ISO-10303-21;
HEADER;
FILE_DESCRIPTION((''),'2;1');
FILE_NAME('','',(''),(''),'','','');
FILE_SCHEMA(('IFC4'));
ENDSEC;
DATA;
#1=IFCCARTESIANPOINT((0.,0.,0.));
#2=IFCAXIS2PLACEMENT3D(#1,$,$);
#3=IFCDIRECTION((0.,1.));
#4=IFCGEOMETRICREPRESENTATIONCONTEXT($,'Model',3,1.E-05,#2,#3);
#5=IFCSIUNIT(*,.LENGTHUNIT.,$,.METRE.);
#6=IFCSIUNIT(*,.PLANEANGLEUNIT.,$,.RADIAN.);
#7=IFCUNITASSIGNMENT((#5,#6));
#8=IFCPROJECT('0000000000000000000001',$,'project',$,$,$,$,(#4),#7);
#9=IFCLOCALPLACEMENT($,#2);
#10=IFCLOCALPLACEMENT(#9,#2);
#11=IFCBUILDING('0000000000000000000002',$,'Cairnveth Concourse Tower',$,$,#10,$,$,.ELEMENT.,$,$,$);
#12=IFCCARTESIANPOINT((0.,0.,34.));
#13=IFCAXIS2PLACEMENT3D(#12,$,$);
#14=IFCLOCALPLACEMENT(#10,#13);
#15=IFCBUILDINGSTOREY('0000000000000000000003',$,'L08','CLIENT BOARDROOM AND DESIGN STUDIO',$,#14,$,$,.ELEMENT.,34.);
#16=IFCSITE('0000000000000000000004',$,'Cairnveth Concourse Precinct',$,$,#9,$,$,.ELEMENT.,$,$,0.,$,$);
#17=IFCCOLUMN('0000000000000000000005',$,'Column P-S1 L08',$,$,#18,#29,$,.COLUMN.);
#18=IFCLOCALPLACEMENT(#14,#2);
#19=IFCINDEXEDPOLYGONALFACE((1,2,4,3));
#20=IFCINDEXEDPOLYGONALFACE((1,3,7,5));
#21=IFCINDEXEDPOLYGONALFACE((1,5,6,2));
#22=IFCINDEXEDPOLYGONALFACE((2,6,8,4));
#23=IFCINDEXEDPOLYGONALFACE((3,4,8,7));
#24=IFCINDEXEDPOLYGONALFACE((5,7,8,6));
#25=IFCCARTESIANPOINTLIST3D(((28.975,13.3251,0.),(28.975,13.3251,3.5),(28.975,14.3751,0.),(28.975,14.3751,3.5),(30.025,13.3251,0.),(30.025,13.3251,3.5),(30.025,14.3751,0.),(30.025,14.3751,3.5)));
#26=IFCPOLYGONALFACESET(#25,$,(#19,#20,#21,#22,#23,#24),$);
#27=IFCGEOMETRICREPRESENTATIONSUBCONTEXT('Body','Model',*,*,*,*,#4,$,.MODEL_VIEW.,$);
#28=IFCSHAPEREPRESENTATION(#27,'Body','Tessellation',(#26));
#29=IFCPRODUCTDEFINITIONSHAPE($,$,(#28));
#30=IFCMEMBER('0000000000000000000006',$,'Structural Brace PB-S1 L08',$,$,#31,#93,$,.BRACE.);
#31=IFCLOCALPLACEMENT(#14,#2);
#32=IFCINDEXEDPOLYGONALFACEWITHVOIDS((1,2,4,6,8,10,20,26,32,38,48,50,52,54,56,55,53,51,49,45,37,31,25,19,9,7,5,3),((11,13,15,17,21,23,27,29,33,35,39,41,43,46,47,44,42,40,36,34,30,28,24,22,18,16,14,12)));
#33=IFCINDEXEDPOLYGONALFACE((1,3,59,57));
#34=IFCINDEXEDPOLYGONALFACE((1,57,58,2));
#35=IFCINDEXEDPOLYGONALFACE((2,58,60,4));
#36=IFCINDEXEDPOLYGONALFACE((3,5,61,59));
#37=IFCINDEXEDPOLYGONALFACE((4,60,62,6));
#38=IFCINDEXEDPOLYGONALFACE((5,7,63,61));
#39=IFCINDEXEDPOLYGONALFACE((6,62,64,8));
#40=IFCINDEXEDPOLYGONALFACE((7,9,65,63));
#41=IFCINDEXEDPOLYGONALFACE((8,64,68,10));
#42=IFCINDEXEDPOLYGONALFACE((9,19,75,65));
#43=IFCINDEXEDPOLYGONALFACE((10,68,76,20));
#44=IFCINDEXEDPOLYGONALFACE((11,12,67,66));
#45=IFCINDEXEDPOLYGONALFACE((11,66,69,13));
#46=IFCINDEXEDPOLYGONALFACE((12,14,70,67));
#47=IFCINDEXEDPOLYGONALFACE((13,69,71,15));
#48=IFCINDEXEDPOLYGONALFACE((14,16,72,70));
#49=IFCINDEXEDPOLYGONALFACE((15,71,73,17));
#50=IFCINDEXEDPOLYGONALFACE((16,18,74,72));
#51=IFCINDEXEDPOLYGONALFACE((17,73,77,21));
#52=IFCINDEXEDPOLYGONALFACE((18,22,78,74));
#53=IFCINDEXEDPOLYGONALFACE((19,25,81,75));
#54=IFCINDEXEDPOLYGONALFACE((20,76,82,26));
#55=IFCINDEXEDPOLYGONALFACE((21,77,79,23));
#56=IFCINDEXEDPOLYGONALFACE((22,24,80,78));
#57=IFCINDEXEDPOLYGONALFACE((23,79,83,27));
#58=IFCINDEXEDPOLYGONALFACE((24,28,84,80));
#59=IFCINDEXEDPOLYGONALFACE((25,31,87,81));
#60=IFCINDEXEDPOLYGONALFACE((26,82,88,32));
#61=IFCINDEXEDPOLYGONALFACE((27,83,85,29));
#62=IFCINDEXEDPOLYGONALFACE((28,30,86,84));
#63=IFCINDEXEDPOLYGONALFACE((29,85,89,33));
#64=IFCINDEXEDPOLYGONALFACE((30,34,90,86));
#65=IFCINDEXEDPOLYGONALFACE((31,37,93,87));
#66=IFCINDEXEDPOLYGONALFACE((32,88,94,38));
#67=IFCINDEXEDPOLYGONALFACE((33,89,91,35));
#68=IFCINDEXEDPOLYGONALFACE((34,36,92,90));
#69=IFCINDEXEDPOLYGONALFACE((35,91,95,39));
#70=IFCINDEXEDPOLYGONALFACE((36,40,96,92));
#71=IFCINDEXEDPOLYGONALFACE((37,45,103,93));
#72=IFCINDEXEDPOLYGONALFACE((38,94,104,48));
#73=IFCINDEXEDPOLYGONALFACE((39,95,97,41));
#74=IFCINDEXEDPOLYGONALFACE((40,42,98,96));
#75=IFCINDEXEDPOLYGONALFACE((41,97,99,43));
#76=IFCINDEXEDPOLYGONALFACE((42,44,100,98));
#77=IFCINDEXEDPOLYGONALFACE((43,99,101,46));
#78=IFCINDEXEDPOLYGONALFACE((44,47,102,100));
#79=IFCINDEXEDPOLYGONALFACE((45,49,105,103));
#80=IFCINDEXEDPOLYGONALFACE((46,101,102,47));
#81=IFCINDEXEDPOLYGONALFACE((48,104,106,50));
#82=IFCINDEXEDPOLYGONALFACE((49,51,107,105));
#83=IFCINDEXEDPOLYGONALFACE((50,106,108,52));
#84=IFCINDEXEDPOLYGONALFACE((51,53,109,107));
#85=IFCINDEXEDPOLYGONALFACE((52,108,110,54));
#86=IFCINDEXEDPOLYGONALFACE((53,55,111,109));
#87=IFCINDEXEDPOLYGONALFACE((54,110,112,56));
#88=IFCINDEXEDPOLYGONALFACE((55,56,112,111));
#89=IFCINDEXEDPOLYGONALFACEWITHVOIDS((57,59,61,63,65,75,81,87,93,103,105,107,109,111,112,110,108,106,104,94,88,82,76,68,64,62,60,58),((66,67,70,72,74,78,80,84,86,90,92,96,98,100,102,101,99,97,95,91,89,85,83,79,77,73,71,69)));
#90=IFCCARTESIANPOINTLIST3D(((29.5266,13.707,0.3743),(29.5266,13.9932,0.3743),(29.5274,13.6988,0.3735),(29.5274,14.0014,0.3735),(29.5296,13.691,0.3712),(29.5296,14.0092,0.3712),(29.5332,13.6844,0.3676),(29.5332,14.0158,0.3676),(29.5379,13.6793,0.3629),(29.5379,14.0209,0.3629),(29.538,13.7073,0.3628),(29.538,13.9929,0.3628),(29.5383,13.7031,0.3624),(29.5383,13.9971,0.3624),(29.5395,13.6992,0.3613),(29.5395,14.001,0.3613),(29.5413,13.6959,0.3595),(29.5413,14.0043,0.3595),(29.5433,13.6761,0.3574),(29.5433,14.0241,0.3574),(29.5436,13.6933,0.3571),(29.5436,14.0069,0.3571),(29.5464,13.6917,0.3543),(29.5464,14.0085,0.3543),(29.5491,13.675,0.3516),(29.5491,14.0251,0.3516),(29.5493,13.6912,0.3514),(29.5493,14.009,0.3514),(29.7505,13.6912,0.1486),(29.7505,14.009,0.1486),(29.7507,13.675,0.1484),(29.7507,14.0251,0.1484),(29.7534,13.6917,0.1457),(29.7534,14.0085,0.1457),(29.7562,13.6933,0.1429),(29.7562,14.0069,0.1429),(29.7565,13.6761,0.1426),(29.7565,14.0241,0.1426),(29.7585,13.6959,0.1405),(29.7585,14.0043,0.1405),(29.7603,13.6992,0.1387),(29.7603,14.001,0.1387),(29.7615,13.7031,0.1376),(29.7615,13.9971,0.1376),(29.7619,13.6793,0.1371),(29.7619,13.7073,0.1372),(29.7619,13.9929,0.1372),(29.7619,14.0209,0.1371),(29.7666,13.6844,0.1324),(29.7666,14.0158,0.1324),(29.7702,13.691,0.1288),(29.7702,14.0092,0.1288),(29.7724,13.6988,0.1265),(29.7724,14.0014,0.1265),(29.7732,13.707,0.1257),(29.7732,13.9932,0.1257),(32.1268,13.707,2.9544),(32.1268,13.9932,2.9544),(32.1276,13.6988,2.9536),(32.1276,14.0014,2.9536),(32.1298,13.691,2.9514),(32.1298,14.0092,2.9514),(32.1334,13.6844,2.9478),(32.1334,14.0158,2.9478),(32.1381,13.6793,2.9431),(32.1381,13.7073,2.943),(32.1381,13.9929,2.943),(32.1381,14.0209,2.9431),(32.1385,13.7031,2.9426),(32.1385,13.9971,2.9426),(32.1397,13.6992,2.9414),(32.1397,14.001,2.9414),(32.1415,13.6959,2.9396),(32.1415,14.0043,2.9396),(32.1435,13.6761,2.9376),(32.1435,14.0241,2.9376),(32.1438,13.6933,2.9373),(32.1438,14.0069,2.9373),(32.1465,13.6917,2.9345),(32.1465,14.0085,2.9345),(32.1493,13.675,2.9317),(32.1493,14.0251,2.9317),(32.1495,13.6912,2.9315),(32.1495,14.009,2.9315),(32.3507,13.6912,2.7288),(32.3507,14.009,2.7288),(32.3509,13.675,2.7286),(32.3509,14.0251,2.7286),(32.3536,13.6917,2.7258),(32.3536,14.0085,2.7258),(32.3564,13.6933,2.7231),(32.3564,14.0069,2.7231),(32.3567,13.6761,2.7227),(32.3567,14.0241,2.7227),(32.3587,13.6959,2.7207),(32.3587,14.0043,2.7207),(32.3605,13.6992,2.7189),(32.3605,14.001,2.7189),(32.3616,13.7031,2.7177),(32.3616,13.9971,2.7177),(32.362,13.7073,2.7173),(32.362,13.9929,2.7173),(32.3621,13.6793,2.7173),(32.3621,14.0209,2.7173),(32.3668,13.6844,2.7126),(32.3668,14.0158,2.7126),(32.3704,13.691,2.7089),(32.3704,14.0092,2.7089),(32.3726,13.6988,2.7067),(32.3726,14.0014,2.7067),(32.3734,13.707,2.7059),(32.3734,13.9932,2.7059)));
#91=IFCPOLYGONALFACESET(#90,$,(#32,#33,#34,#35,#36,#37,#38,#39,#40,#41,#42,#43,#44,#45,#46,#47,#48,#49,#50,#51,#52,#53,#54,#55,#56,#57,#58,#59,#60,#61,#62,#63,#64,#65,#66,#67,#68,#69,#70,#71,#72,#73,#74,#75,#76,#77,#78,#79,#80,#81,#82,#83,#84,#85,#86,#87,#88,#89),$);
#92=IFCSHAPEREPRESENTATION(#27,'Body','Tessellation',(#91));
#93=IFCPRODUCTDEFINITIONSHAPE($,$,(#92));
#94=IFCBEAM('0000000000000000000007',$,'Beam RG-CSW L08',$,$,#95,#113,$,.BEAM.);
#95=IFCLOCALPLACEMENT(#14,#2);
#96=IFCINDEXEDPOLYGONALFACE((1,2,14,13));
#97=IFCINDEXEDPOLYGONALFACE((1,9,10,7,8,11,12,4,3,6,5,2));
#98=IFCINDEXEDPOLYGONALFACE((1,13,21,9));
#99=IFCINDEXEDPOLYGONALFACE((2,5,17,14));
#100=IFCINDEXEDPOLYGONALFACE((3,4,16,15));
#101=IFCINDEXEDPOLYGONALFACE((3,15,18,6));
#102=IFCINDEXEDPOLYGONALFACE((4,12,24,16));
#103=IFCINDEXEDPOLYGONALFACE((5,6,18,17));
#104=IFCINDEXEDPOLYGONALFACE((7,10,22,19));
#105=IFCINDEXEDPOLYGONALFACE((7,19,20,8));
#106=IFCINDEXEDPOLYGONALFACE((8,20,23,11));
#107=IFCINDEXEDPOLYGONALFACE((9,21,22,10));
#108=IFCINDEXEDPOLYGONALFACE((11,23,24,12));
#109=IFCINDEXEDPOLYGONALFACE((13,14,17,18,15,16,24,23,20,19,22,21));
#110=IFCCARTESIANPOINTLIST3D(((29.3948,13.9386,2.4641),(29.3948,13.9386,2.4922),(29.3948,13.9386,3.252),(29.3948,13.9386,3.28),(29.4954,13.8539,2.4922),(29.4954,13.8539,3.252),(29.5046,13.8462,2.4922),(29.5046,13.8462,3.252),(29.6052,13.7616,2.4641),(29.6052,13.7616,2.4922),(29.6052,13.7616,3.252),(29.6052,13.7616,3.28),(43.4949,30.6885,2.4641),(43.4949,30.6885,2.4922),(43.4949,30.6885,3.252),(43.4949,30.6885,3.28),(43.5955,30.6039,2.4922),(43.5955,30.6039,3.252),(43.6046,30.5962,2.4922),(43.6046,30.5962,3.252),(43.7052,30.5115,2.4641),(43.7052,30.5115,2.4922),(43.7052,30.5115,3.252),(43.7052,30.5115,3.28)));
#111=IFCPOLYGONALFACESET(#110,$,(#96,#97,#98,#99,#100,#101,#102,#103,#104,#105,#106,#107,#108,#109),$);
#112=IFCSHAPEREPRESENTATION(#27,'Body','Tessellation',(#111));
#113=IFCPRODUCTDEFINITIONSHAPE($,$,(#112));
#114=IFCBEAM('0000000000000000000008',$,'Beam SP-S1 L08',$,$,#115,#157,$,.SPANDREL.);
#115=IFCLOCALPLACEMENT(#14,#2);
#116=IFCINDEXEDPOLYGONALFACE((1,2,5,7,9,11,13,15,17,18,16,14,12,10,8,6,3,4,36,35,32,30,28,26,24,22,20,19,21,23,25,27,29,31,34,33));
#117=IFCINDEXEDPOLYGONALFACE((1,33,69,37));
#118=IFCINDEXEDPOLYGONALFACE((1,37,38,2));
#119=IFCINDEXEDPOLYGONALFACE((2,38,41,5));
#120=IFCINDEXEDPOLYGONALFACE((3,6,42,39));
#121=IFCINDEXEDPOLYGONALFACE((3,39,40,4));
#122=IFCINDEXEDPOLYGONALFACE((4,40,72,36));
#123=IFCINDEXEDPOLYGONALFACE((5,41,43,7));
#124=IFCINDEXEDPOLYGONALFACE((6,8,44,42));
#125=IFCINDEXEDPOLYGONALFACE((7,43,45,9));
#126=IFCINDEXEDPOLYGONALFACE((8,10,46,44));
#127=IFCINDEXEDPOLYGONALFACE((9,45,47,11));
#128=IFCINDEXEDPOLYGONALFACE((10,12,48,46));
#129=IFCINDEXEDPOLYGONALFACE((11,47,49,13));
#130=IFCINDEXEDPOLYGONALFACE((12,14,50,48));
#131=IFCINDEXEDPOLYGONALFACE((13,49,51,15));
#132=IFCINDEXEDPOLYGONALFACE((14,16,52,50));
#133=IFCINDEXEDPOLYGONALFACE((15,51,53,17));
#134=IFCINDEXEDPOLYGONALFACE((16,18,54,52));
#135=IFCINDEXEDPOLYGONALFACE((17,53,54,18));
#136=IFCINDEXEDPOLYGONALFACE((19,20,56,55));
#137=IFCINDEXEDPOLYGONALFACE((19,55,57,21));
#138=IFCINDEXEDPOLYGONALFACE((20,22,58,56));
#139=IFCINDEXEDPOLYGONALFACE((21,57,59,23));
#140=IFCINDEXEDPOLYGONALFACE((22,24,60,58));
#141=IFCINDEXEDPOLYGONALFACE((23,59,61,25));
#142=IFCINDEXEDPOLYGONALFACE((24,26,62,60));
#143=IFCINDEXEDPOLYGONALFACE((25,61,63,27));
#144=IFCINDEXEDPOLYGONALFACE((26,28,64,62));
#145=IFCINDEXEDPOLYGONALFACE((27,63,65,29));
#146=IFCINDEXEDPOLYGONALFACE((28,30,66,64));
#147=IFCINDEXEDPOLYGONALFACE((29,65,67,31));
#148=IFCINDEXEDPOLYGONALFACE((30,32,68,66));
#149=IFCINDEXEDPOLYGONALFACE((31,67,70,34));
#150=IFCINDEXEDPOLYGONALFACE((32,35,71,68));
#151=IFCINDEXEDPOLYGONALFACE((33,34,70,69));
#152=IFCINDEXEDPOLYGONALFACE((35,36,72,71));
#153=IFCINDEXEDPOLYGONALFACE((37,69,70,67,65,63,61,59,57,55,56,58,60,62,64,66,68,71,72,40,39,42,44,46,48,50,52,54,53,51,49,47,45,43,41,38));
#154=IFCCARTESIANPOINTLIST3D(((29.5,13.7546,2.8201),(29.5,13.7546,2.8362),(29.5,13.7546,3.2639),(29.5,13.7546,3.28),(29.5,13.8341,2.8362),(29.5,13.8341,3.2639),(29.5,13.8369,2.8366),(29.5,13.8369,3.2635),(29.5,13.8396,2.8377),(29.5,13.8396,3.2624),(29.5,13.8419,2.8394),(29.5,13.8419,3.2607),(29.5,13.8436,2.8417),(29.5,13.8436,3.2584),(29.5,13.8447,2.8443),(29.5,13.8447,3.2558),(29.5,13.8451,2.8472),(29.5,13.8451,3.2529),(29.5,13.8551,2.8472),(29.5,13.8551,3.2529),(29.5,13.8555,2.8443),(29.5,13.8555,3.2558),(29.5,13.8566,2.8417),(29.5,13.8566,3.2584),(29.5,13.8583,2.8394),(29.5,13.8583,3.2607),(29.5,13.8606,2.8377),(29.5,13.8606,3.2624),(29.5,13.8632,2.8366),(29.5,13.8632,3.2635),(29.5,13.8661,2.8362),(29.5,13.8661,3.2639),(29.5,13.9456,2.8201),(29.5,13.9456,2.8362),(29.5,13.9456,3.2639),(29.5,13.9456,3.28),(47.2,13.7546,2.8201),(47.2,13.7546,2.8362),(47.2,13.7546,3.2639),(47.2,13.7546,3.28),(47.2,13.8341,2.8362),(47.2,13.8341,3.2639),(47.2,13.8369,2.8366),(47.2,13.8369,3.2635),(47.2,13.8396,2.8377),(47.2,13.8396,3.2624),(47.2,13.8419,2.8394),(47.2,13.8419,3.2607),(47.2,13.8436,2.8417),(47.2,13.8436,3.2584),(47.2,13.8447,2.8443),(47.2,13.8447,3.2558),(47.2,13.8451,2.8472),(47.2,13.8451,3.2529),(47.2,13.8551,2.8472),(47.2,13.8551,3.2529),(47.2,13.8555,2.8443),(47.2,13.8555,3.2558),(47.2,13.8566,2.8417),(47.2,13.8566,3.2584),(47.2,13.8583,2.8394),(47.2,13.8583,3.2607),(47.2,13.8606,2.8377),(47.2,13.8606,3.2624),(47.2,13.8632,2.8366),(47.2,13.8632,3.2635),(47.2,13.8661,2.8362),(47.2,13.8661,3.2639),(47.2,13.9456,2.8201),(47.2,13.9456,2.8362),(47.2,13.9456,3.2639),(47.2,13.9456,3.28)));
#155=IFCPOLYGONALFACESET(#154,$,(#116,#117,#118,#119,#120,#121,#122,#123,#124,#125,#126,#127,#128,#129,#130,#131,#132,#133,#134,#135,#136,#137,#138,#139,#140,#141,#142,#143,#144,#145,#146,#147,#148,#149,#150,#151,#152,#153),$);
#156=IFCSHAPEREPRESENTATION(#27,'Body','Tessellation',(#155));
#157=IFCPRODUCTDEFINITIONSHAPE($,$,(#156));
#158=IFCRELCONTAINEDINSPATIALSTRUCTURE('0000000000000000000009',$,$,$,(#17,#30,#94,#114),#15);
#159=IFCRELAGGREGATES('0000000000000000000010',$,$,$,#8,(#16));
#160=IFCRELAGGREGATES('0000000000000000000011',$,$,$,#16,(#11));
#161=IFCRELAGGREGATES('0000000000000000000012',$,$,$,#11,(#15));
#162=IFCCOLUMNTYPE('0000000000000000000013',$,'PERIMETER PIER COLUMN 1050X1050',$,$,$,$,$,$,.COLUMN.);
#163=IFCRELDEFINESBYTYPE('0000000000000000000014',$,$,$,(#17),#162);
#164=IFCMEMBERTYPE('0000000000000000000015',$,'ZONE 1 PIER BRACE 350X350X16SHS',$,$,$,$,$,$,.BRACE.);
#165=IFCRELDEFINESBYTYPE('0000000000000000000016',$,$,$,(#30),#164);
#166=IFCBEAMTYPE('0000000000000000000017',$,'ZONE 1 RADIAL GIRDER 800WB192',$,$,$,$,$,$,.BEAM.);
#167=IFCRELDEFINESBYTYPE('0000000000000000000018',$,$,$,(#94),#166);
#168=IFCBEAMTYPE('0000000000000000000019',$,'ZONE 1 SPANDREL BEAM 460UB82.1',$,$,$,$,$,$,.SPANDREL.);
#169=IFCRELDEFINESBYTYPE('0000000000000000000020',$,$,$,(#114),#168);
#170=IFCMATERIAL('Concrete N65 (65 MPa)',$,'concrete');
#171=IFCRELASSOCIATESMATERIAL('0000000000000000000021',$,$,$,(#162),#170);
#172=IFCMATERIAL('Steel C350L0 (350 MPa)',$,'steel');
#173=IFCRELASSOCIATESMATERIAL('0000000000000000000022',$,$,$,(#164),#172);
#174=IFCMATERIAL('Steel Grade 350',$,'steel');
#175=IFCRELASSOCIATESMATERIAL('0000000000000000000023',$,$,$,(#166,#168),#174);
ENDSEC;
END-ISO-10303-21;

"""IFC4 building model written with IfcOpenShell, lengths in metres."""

from ifc_helpers import new_model, si_unit, direction, frame, origin, origin_2d, place, context, subcontext, project, spatial, rectangle, hollow_rectangle, i_section, extrude, material, material_profile, profile_set, type_object, element, save


model = new_model("IFC4")

# Units and contexts
model_context = context("Model", 3, precision=1e-05, world=origin(), true_north=direction((0.0, 1.0)))
body_context = subcontext(model_context, "Body", "Model", "MODEL_VIEW")
ifc_project = project(units=[si_unit("LENGTHUNIT", "METRE"), si_unit("PLANEANGLEUNIT", "RADIAN")], contexts=[model_context])

# Site, building, storey
site_placement = place(None, origin())
site = spatial("IfcSite", under=ifc_project, at=site_placement, Name="Cairnveth Concourse Precinct", CompositionType="ELEMENT", RefElevation=0.0)
building_placement = place(site_placement, origin())
building = spatial("IfcBuilding", under=site, at=building_placement, Name="Cairnveth Concourse Tower", CompositionType="ELEMENT")
storey_placement = place(building_placement, frame((0.0, 0.0, 34.0)))
storey = spatial("IfcBuildingStorey", under=building, at=storey_placement, Name="L08", Description="CLIENT BOARDROOM AND DESIGN STUDIO", CompositionType="ELEMENT", Elevation=34.0)

# Column
ifc_material_1 = material(Name="Concrete N65 (65 MPa)", Category="concrete")
ifc_material_profile_1 = material_profile(ifc_material_1, rectangle(XDim=1.05, YDim=1.05, at=origin_2d()), Name="RC-COL-1050x1050")
ifc_profile_set_1 = profile_set([ifc_material_profile_1], Name="Concrete N65 (65 MPa)")
column_type = type_object("IfcColumnType", Name="PERIMETER PIER COLUMN 1050X1050", PredefinedType="COLUMN", material=ifc_profile_set_1)
column_placement = place(storey_placement, frame((29.5, 13.8501, 0.0), z_axis=(0.0, 0.0, 1.0), x_axis=(1.0, 0.0, 0.0)))
element("IfcColumn", 1, at=column_placement, inside=storey, type_object=column_type, Name="Column P-S1 L08", PredefinedType="COLUMN", context=body_context, shape_type="SweptSolid", body=[
    extrude(rectangle(XDim=1.05, YDim=1.05, at=origin_2d()), origin(), (0.0, 0.0, 1.0), 3.5),
])

# Member
ifc_material_2 = material(Name="Steel C350L0 (350 MPa)", Category="steel")
ifc_material_profile_2 = material_profile(ifc_material_2, hollow_rectangle(XDim=0.3501, YDim=0.3501, WallThickness=0.0161, InnerFilletRadius=0.0161, OuterFilletRadius=0.032, at=origin_2d()), Name="350x350x16.0SHS")
ifc_profile_set_2 = profile_set([ifc_material_profile_2], Name="Steel C350L0 (350 MPa)")
member_type = type_object("IfcMemberType", Name="ZONE 1 PIER BRACE 350X350X16SHS", PredefinedType="BRACE", material=ifc_profile_set_2)
member_placement = place(storey_placement, frame((29.6499, 13.8501, 0.25), z_axis=(0.709834, 0.0, 0.704369), x_axis=(0.0, 1.0, 0.0)))
element("IfcMember", 2, at=member_placement, inside=storey, type_object=member_type, Name="Structural Brace PB-S1 L08", PredefinedType="BRACE", context=body_context, shape_type="SweptSolid", body=[
    extrude(hollow_rectangle(XDim=0.3501, YDim=0.3501, WallThickness=0.0161, InnerFilletRadius=0.0161, OuterFilletRadius=0.032, at=origin_2d()), origin(), (0.0, 0.0, 1.0), 3.6631),
])

# Beams
ifc_material_3 = material(Name="Steel Grade 350", Category="steel")
ifc_material_profile_3 = material_profile(ifc_material_3, i_section(OverallWidth=0.2749, OverallDepth=0.8159, WebThickness=0.012, FlangeThickness=0.0281, at=origin_2d()), Name="800WB192")
ifc_profile_set_3 = profile_set([ifc_material_profile_3], Name="Steel Grade 350")
beam_type_1 = type_object("IfcBeamType", Name="ZONE 1 RADIAL GIRDER 800WB192", PredefinedType="BEAM", material=ifc_profile_set_3)
beam_1_placement = place(storey_placement, frame((29.5, 13.8501, 2.8721), z_axis=(0.643998, 0.765027, 0.0), x_axis=(-0.765027, 0.643998, 0.0)))
element("IfcBeam", 3, at=beam_1_placement, inside=storey, type_object=beam_type_1, Name="Beam RG-CSW L08", PredefinedType="BEAM", context=body_context, shape_type="SweptSolid", body=[
    extrude(i_section(OverallWidth=0.2749, OverallDepth=0.8159, WebThickness=0.012, FlangeThickness=0.0281, at=origin_2d()), origin(), (0.0, 0.0, 1.0), 21.8945),
])
ifc_material_profile_4 = material_profile(ifc_material_3, i_section(OverallWidth=0.1909, OverallDepth=0.46, WebThickness=0.01, FlangeThickness=0.0161, FilletRadius=0.011, at=origin_2d()), Name="460UB82.1")
ifc_profile_set_4 = profile_set([ifc_material_profile_4], Name="Steel Grade 350")
beam_type_2 = type_object("IfcBeamType", Name="ZONE 1 SPANDREL BEAM 460UB82.1", PredefinedType="SPANDREL", material=ifc_profile_set_4)
beam_2_placement = place(storey_placement, frame((29.5, 13.8501, 3.05), z_axis=(1.0, 0.0, 0.0), x_axis=(0.0, 1.0, 0.0)))
element("IfcBeam", 4, at=beam_2_placement, inside=storey, type_object=beam_type_2, Name="Beam SP-S1 L08", PredefinedType="SPANDREL", context=body_context, shape_type="SweptSolid", body=[
    extrude(i_section(OverallWidth=0.1909, OverallDepth=0.46, WebThickness=0.01, FlangeThickness=0.0161, FilletRadius=0.011, at=origin_2d()), origin(), (0.0, 0.0, 1.0), 17.7),
])

save(model, "model.ifc")
